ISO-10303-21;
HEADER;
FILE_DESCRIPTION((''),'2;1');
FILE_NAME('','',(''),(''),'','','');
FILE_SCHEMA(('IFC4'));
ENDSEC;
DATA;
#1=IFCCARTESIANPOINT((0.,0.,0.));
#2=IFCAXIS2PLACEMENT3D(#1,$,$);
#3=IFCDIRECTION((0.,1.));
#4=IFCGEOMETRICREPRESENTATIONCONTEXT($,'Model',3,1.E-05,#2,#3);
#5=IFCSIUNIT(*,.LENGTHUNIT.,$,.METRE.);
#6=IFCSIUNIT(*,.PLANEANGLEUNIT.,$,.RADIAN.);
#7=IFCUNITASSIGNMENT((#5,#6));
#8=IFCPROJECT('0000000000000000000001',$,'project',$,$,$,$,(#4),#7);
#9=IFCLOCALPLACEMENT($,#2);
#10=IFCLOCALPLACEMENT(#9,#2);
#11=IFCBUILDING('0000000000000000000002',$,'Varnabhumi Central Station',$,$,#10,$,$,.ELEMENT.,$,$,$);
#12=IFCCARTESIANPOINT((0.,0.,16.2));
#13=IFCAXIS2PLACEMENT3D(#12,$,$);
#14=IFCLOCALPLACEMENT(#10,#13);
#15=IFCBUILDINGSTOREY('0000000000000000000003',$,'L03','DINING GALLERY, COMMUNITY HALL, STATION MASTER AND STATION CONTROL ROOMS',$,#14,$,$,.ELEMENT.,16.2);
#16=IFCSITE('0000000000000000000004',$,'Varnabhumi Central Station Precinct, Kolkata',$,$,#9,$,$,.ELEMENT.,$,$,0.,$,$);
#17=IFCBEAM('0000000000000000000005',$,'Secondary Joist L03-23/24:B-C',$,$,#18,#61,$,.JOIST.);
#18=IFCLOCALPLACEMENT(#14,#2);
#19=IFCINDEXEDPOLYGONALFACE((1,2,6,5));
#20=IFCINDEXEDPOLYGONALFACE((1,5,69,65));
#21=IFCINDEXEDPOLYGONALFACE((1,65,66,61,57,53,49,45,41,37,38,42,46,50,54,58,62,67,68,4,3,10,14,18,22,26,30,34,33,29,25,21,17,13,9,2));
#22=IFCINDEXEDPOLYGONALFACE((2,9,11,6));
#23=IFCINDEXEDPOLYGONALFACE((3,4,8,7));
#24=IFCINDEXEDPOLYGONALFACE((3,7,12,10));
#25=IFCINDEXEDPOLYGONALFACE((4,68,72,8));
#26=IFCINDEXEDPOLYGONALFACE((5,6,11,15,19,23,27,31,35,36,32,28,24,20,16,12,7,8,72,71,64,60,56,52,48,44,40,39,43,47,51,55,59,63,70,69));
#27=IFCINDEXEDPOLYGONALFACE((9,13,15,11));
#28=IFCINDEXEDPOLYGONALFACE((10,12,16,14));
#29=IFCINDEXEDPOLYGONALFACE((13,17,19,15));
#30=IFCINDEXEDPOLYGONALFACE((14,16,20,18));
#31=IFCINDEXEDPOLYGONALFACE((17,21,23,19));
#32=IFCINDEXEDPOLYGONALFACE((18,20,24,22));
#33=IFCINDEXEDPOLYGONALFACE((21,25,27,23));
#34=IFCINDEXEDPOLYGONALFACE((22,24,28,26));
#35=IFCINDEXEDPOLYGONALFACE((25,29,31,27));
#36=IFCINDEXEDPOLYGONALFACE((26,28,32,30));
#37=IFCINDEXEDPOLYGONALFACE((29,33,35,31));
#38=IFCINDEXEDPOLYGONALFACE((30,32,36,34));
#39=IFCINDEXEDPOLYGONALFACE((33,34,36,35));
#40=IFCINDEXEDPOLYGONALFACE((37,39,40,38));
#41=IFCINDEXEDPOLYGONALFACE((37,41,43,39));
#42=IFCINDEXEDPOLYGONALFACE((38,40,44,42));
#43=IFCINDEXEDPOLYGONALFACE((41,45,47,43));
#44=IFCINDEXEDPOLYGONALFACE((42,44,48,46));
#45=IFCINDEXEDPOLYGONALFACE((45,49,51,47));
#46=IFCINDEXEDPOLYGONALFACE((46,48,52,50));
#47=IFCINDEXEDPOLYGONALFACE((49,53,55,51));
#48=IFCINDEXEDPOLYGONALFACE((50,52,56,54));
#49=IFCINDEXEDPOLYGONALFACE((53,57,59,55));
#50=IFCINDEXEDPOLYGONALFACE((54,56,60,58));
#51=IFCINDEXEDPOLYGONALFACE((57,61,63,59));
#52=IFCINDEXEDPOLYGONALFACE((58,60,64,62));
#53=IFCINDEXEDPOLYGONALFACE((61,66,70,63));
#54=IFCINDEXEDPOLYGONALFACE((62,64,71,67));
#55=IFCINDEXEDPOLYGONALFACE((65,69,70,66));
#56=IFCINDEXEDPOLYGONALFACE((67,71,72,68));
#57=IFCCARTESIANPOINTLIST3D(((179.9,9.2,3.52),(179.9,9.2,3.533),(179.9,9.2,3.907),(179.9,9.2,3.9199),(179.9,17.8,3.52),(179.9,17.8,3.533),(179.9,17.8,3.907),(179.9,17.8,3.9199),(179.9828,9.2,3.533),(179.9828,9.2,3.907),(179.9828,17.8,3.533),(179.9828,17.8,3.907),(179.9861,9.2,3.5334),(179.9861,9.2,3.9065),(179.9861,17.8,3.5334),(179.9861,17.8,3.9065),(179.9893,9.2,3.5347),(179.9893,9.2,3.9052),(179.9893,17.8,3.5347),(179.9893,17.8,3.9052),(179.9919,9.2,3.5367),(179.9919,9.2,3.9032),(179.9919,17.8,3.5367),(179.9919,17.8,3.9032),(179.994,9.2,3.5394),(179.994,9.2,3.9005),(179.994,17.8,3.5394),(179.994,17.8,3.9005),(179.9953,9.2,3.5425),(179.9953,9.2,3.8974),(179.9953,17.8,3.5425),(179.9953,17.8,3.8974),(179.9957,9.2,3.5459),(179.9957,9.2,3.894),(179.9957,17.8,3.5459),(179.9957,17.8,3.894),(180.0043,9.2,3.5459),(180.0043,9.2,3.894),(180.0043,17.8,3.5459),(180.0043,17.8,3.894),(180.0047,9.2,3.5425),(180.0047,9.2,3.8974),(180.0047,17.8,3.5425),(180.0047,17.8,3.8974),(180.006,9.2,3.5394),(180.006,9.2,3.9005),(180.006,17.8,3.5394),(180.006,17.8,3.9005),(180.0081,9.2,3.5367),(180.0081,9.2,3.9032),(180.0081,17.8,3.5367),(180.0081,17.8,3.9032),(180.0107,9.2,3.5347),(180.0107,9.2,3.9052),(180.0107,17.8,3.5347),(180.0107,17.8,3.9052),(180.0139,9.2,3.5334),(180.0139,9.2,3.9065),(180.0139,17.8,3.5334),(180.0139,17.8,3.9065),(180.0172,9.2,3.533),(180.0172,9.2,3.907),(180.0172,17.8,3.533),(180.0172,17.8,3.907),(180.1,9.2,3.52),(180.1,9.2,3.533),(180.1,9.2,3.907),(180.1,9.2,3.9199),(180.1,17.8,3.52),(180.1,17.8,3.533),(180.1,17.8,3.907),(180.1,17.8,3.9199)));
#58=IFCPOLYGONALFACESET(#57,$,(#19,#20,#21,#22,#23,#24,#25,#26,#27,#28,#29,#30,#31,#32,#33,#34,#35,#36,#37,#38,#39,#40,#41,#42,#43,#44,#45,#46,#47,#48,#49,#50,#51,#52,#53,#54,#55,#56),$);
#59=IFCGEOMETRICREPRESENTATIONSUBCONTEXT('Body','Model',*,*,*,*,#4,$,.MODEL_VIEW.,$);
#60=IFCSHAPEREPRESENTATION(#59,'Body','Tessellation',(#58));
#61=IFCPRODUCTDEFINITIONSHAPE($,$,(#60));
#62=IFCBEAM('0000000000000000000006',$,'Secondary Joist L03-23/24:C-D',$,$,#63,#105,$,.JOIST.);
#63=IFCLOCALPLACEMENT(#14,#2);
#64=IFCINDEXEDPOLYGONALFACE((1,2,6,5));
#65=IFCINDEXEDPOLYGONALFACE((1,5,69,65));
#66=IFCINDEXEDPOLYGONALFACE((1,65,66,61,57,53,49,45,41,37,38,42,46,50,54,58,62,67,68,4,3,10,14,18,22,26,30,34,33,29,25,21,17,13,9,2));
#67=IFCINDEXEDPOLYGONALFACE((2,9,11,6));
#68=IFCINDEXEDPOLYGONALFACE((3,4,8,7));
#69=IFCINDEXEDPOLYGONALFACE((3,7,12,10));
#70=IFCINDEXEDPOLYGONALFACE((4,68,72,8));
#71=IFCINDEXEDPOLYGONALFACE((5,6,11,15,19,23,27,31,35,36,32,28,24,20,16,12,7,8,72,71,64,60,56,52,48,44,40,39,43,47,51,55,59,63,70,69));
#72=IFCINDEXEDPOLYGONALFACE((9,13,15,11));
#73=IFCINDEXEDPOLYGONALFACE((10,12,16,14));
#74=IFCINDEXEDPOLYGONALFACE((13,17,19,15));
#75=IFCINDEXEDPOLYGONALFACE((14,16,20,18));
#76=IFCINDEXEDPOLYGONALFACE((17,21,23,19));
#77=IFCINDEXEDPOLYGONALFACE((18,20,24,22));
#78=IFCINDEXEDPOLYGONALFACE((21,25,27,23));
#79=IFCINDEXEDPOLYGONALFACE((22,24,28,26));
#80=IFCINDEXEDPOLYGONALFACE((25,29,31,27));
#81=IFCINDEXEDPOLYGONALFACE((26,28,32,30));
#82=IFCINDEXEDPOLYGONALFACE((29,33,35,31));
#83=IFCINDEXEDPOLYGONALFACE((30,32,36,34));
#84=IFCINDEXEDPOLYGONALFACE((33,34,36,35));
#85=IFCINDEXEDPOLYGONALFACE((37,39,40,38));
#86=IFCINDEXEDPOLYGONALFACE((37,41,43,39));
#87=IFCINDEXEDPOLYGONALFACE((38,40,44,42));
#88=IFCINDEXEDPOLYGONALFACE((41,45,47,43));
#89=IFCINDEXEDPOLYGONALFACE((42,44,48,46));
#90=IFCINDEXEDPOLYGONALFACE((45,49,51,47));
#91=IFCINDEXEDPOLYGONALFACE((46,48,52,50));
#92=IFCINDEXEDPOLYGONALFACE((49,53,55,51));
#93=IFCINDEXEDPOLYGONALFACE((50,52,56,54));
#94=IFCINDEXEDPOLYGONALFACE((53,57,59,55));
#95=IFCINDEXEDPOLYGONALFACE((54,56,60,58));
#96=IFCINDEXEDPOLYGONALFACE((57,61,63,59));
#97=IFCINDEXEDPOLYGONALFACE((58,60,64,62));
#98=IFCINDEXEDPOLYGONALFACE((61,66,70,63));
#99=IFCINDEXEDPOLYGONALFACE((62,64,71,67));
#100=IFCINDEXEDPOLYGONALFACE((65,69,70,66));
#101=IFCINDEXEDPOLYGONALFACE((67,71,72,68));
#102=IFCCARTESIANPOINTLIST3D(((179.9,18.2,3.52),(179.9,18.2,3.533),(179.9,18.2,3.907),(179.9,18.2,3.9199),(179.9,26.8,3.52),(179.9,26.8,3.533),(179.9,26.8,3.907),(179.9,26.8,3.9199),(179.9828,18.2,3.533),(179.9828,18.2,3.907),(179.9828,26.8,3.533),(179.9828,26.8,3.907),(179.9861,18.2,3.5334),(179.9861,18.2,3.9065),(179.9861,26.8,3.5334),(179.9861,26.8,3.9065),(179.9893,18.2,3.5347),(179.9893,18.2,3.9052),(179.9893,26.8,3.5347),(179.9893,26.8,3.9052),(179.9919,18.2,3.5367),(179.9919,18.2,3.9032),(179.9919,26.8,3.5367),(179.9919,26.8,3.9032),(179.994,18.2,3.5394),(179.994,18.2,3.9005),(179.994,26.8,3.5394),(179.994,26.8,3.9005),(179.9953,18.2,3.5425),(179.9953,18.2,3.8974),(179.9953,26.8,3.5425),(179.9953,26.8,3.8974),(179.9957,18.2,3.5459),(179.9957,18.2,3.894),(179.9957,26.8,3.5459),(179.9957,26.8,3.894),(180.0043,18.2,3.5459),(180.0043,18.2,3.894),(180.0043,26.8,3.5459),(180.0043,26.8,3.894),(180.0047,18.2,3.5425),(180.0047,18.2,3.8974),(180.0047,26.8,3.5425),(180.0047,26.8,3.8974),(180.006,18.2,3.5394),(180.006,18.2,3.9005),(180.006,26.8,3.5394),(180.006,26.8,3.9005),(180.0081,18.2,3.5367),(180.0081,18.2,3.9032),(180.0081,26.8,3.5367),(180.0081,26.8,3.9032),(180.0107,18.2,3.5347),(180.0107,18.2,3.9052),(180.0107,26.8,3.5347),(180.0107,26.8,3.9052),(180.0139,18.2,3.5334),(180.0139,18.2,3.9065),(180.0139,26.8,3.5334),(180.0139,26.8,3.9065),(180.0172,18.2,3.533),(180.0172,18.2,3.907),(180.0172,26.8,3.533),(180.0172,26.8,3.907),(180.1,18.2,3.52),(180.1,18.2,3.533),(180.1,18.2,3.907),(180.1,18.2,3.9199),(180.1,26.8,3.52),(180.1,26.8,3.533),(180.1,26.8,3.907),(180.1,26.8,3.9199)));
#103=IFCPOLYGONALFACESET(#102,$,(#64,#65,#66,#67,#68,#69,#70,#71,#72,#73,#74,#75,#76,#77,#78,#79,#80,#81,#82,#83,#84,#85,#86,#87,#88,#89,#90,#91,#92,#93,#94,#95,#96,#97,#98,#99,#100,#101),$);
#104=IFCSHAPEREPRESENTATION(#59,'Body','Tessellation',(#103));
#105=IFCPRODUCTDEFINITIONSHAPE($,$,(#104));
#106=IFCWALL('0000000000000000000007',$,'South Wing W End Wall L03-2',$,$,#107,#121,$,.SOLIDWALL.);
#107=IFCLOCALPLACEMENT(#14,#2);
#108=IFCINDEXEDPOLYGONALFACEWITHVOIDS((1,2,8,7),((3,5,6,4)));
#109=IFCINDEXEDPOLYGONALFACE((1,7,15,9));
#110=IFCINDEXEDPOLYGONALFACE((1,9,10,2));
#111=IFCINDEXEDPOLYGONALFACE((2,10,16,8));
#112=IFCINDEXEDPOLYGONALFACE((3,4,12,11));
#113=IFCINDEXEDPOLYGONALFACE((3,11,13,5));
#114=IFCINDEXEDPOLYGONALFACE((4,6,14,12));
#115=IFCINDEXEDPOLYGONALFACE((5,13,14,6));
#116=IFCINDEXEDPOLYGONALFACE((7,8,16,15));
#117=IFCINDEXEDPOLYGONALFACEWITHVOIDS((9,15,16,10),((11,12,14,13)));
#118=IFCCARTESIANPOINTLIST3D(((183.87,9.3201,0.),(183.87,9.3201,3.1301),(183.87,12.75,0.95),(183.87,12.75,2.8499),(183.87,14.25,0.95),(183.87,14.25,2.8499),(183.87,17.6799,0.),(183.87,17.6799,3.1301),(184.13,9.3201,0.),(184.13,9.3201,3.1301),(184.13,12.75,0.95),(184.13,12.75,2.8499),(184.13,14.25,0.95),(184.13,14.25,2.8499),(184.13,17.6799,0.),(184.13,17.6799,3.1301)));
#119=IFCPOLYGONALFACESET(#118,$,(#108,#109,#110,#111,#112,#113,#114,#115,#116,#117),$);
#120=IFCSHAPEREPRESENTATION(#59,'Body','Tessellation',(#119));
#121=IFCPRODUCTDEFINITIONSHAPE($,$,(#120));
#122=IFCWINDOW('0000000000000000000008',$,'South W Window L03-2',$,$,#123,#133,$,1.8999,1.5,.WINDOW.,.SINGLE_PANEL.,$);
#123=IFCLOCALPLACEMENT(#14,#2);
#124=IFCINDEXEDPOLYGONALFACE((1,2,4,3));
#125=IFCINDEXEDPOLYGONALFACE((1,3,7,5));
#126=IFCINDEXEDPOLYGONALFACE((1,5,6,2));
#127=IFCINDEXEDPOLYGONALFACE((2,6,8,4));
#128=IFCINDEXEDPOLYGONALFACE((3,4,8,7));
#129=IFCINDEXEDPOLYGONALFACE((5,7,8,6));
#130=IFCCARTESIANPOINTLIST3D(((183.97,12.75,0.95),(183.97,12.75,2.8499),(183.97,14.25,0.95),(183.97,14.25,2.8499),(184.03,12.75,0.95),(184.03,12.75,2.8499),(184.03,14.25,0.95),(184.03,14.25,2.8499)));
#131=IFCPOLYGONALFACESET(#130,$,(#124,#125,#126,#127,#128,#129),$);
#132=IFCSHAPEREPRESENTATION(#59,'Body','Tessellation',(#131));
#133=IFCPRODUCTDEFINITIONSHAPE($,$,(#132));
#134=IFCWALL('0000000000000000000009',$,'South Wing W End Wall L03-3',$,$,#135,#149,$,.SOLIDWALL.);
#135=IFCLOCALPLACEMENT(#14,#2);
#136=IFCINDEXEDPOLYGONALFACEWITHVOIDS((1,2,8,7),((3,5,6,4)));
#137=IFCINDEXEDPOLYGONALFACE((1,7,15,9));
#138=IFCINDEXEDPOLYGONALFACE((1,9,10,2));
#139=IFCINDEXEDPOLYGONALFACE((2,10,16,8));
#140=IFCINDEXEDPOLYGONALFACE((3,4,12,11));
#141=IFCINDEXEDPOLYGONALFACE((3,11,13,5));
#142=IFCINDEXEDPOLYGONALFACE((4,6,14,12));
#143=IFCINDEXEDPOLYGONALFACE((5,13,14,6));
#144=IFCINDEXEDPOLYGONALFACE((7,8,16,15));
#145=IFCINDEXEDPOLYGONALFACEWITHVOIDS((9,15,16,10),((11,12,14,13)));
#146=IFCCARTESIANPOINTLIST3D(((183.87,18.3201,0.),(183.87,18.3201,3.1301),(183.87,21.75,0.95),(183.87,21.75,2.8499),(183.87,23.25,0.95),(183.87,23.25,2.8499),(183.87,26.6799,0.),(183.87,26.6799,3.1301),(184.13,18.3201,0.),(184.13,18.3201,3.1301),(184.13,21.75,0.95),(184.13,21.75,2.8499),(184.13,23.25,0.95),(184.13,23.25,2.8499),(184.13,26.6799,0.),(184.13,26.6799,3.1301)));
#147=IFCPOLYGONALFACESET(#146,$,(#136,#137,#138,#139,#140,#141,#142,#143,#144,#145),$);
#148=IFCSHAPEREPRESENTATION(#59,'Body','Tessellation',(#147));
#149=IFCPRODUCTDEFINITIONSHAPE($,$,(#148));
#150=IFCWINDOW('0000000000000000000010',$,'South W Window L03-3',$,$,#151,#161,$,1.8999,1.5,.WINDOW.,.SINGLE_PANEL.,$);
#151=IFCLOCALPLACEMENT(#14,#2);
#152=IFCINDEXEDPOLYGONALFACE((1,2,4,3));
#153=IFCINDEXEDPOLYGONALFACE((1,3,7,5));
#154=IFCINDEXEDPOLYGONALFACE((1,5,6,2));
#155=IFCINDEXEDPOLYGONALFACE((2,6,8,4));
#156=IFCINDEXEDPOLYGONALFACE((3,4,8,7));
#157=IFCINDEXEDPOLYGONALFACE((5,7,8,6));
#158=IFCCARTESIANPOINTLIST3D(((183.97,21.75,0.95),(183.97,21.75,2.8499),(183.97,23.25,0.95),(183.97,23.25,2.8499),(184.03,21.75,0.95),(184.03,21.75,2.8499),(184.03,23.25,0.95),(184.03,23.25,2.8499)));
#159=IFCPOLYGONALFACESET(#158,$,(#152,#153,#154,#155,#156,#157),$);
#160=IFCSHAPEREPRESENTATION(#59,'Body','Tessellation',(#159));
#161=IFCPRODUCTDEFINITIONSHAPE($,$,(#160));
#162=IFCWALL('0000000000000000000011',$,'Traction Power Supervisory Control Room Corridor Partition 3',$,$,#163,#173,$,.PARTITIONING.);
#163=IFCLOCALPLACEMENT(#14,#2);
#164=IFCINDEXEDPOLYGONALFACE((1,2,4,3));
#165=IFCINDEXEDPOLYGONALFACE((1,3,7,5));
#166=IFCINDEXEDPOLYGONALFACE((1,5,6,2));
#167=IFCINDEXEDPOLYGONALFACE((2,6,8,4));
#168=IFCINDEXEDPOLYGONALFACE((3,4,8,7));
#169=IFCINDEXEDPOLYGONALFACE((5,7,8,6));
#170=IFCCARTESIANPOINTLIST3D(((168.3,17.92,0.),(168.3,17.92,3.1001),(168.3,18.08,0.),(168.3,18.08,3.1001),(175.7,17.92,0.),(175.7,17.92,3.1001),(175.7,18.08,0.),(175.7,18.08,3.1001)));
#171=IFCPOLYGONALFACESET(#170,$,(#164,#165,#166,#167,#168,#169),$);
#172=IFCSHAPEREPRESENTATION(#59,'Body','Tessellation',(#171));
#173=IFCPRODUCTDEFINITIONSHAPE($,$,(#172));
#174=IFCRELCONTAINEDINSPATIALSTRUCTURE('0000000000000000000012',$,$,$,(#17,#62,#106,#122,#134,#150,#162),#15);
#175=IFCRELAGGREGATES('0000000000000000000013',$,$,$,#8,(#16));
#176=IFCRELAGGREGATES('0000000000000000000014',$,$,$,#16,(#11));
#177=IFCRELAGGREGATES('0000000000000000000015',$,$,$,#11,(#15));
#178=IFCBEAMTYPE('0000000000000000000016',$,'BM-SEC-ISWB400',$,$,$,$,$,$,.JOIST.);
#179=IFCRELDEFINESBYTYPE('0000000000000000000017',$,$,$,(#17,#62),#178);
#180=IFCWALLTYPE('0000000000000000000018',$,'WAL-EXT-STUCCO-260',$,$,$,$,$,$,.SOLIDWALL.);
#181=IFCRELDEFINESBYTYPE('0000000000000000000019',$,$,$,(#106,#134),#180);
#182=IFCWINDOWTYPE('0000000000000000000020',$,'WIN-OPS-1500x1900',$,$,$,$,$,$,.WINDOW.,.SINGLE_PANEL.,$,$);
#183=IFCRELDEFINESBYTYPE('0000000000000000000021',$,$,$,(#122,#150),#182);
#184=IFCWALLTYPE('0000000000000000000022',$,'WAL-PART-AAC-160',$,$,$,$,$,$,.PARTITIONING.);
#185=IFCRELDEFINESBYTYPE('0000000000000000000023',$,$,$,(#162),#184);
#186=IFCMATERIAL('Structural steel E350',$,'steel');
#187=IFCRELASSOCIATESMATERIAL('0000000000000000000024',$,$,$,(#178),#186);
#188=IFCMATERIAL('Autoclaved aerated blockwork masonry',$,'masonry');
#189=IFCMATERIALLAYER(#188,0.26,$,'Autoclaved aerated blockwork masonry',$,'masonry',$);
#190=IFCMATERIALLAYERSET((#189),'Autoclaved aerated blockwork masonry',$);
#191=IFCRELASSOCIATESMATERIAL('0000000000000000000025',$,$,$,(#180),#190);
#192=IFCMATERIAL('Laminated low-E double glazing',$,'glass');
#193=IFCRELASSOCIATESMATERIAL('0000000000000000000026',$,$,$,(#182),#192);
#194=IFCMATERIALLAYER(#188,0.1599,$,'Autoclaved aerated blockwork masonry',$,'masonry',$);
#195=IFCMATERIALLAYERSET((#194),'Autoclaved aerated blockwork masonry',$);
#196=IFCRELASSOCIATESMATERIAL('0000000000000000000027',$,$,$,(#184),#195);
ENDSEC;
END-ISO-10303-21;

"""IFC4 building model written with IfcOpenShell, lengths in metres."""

from ifc_helpers import new_model, si_unit, direction, frame, frame_2d, origin, origin_2d, place, context, subcontext, project, spatial, rectangle, i_section, extrude, material, layer, layer_set, material_profile, profile_set, type_object, element, fill, save


model = new_model("IFC4")

# Units and contexts
model_context = context("Model", 3, precision=1e-05, world=origin(), true_north=direction((0.0, 1.0)))
body_context = subcontext(model_context, "Body", "Model", "MODEL_VIEW")
ifc_project = project(units=[si_unit("LENGTHUNIT", "METRE"), si_unit("PLANEANGLEUNIT", "RADIAN")], contexts=[model_context])

# Site, building, storey
site_placement = place(None, origin())
site = spatial("IfcSite", under=ifc_project, at=site_placement, Name="Varnabhumi Central Station Precinct, Kolkata", CompositionType="ELEMENT", RefElevation=0.0)
building_placement = place(site_placement, origin())
building = spatial("IfcBuilding", under=site, at=building_placement, Name="Varnabhumi Central Station", CompositionType="ELEMENT")
storey_placement = place(building_placement, frame((0.0, 0.0, 16.2)))
storey = spatial("IfcBuildingStorey", under=building, at=storey_placement, Name="L03", Description="DINING GALLERY, COMMUNITY HALL, STATION MASTER AND STATION CONTROL ROOMS", CompositionType="ELEMENT", Elevation=16.2)

# Beams
ifc_material_1 = material(Name="Structural steel E350", Category="steel")
ifc_material_profile_1 = material_profile(ifc_material_1, i_section(OverallWidth=0.2, OverallDepth=0.3999, WebThickness=0.0085, FlangeThickness=0.0129, FilletRadius=0.0129, at=origin_2d()), Name="Structural steel E350", Category="steel")
ifc_profile_set_1 = profile_set([ifc_material_profile_1], Name="Structural steel E350")
beam_type_1 = type_object("IfcBeamType", Name="BM-SEC-ISWB400", PredefinedType="JOIST", material=ifc_profile_set_1)
for number, where, z_axis, x_axis, name in (
    (1, (180.0, 9.2, 3.72), (0.0, 1.0, 0.0), (-1.0, 0.0, 0.0), "Secondary Joist L03-23/24:B-C"),
    (2, (180.0, 18.2, 3.72), (0.0, 1.0, 0.0), (-1.0, 0.0, 0.0), "Secondary Joist L03-23/24:C-D"),
):
    element("IfcBeam", number, at=place(storey_placement, frame(where, z_axis=z_axis, x_axis=x_axis)), inside=storey, type_object=beam_type_1, Name=name, PredefinedType="JOIST", context=body_context, shape_type="SweptSolid", body=[
        extrude(i_section(OverallWidth=0.2, OverallDepth=0.3999, WebThickness=0.0085, FlangeThickness=0.0129, FilletRadius=0.0129, at=origin_2d()), origin(), (0.0, 0.0, 1.0), 8.6001),
    ])

# Walls, openings, windows
ifc_material_2 = material(Name="Autoclaved aerated blockwork masonry", Category="masonry")
ifc_layer_1 = layer(ifc_material_2, 0.26, Name="Autoclaved aerated blockwork masonry", Category="masonry")
ifc_layer_set_1 = layer_set([ifc_layer_1], Name="Autoclaved aerated blockwork masonry")
wall_type_1 = type_object("IfcWallType", Name="WAL-EXT-STUCCO-260", PredefinedType="SOLIDWALL", material=ifc_layer_set_1)
wall_1_placement = place(storey_placement, frame((184.0, 9.3201, 0.0), z_axis=(0.0, 0.0, 1.0), x_axis=(0.0, 1.0, 0.0)))
wall_1 = element("IfcWall", 3, at=wall_1_placement, inside=storey, type_object=wall_type_1, Name="South Wing W End Wall L03-2", PredefinedType="SOLIDWALL", context=body_context, shape_type="SweptSolid", body=[
    extrude(rectangle(XDim=8.3599, YDim=0.26, at=frame_2d((4.1799, 0.0))), origin(), (0.0, 0.0, 1.0), 3.1301),
])
opening_1_placement = place(wall_1_placement, frame((3.4299, 0.0, 0.95)))
opening_1 = element("IfcOpeningElement", 4, at=opening_1_placement, cuts=wall_1, PredefinedType="OPENING", context=body_context, shape_type="SweptSolid", body=[
    extrude(rectangle(XDim=1.5, YDim=1.8999, at=frame_2d((0.75, 0.95))), frame((0.0, 0.1399, 0.0), z_axis=(0.0, -1.0, 0.0), x_axis=(1.0, 0.0, 0.0)), (0.0, 0.0, 1.0), 0.28),
])
ifc_material_3 = material(Name="Laminated low-E double glazing", Category="glass")
window_type = type_object("IfcWindowType", Name="WIN-OPS-1500x1900", PartitioningType="SINGLE_PANEL", PredefinedType="WINDOW", material=ifc_material_3)
window_1_placement = place(opening_1_placement, origin())
window_1 = element("IfcWindow", 5, at=window_1_placement, inside=storey, type_object=window_type, Name="South W Window L03-2", OverallHeight=1.8999, OverallWidth=1.5, PartitioningType="SINGLE_PANEL", PredefinedType="WINDOW", context=body_context, shape_type="SweptSolid", body=[
    extrude(rectangle(XDim=1.5, YDim=1.8999, at=frame_2d((0.75, 0.95))), frame((0.0, 0.03, 0.0), z_axis=(0.0, -1.0, 0.0), x_axis=(1.0, 0.0, 0.0)), (0.0, 0.0, 1.0), 0.0601),
])
fill(opening_1, window_1)
wall_2_placement = place(storey_placement, frame((184.0, 18.3201, 0.0), z_axis=(0.0, 0.0, 1.0), x_axis=(0.0, 1.0, 0.0)))
wall_2 = element("IfcWall", 6, at=wall_2_placement, inside=storey, type_object=wall_type_1, Name="South Wing W End Wall L03-3", PredefinedType="SOLIDWALL", context=body_context, shape_type="SweptSolid", body=[
    extrude(rectangle(XDim=8.3599, YDim=0.26, at=frame_2d((4.1799, 0.0))), origin(), (0.0, 0.0, 1.0), 3.1301),
])
opening_2_placement = place(wall_2_placement, frame((3.4299, 0.0, 0.95)))
opening_2 = element("IfcOpeningElement", 7, at=opening_2_placement, cuts=wall_2, PredefinedType="OPENING", context=body_context, shape_type="SweptSolid", body=[
    extrude(rectangle(XDim=1.5, YDim=1.8999, at=frame_2d((0.75, 0.95))), frame((0.0, 0.1399, 0.0), z_axis=(0.0, -1.0, 0.0), x_axis=(1.0, 0.0, 0.0)), (0.0, 0.0, 1.0), 0.28),
])
window_2_placement = place(opening_2_placement, origin())
window_2 = element("IfcWindow", 8, at=window_2_placement, inside=storey, type_object=window_type, Name="South W Window L03-3", OverallHeight=1.8999, OverallWidth=1.5, PartitioningType="SINGLE_PANEL", PredefinedType="WINDOW", context=body_context, shape_type="SweptSolid", body=[
    extrude(rectangle(XDim=1.5, YDim=1.8999, at=frame_2d((0.75, 0.95))), frame((0.0, 0.03, 0.0), z_axis=(0.0, -1.0, 0.0), x_axis=(1.0, 0.0, 0.0)), (0.0, 0.0, 1.0), 0.0601),
])
fill(opening_2, window_2)

# Wall
ifc_layer_2 = layer(ifc_material_2, 0.1599, Name="Autoclaved aerated blockwork masonry", Category="masonry")
ifc_layer_set_2 = layer_set([ifc_layer_2], Name="Autoclaved aerated blockwork masonry")
wall_type_2 = type_object("IfcWallType", Name="WAL-PART-AAC-160", PredefinedType="PARTITIONING", material=ifc_layer_set_2)
wall_3_placement = place(storey_placement, frame((168.3, 18.0, 0.0), z_axis=(0.0, 0.0, 1.0), x_axis=(1.0, 0.0, 0.0)))
element("IfcWall", 9, at=wall_3_placement, inside=storey, type_object=wall_type_2, Name="Traction Power Supervisory Control Room Corridor Partition 3", PredefinedType="PARTITIONING", context=body_context, shape_type="SweptSolid", body=[
    extrude(rectangle(XDim=7.3999, YDim=0.1599, at=frame_2d((3.7, 0.0))), origin(), (0.0, 0.0, 1.0), 3.1001),
])

save(model, "model.ifc")
